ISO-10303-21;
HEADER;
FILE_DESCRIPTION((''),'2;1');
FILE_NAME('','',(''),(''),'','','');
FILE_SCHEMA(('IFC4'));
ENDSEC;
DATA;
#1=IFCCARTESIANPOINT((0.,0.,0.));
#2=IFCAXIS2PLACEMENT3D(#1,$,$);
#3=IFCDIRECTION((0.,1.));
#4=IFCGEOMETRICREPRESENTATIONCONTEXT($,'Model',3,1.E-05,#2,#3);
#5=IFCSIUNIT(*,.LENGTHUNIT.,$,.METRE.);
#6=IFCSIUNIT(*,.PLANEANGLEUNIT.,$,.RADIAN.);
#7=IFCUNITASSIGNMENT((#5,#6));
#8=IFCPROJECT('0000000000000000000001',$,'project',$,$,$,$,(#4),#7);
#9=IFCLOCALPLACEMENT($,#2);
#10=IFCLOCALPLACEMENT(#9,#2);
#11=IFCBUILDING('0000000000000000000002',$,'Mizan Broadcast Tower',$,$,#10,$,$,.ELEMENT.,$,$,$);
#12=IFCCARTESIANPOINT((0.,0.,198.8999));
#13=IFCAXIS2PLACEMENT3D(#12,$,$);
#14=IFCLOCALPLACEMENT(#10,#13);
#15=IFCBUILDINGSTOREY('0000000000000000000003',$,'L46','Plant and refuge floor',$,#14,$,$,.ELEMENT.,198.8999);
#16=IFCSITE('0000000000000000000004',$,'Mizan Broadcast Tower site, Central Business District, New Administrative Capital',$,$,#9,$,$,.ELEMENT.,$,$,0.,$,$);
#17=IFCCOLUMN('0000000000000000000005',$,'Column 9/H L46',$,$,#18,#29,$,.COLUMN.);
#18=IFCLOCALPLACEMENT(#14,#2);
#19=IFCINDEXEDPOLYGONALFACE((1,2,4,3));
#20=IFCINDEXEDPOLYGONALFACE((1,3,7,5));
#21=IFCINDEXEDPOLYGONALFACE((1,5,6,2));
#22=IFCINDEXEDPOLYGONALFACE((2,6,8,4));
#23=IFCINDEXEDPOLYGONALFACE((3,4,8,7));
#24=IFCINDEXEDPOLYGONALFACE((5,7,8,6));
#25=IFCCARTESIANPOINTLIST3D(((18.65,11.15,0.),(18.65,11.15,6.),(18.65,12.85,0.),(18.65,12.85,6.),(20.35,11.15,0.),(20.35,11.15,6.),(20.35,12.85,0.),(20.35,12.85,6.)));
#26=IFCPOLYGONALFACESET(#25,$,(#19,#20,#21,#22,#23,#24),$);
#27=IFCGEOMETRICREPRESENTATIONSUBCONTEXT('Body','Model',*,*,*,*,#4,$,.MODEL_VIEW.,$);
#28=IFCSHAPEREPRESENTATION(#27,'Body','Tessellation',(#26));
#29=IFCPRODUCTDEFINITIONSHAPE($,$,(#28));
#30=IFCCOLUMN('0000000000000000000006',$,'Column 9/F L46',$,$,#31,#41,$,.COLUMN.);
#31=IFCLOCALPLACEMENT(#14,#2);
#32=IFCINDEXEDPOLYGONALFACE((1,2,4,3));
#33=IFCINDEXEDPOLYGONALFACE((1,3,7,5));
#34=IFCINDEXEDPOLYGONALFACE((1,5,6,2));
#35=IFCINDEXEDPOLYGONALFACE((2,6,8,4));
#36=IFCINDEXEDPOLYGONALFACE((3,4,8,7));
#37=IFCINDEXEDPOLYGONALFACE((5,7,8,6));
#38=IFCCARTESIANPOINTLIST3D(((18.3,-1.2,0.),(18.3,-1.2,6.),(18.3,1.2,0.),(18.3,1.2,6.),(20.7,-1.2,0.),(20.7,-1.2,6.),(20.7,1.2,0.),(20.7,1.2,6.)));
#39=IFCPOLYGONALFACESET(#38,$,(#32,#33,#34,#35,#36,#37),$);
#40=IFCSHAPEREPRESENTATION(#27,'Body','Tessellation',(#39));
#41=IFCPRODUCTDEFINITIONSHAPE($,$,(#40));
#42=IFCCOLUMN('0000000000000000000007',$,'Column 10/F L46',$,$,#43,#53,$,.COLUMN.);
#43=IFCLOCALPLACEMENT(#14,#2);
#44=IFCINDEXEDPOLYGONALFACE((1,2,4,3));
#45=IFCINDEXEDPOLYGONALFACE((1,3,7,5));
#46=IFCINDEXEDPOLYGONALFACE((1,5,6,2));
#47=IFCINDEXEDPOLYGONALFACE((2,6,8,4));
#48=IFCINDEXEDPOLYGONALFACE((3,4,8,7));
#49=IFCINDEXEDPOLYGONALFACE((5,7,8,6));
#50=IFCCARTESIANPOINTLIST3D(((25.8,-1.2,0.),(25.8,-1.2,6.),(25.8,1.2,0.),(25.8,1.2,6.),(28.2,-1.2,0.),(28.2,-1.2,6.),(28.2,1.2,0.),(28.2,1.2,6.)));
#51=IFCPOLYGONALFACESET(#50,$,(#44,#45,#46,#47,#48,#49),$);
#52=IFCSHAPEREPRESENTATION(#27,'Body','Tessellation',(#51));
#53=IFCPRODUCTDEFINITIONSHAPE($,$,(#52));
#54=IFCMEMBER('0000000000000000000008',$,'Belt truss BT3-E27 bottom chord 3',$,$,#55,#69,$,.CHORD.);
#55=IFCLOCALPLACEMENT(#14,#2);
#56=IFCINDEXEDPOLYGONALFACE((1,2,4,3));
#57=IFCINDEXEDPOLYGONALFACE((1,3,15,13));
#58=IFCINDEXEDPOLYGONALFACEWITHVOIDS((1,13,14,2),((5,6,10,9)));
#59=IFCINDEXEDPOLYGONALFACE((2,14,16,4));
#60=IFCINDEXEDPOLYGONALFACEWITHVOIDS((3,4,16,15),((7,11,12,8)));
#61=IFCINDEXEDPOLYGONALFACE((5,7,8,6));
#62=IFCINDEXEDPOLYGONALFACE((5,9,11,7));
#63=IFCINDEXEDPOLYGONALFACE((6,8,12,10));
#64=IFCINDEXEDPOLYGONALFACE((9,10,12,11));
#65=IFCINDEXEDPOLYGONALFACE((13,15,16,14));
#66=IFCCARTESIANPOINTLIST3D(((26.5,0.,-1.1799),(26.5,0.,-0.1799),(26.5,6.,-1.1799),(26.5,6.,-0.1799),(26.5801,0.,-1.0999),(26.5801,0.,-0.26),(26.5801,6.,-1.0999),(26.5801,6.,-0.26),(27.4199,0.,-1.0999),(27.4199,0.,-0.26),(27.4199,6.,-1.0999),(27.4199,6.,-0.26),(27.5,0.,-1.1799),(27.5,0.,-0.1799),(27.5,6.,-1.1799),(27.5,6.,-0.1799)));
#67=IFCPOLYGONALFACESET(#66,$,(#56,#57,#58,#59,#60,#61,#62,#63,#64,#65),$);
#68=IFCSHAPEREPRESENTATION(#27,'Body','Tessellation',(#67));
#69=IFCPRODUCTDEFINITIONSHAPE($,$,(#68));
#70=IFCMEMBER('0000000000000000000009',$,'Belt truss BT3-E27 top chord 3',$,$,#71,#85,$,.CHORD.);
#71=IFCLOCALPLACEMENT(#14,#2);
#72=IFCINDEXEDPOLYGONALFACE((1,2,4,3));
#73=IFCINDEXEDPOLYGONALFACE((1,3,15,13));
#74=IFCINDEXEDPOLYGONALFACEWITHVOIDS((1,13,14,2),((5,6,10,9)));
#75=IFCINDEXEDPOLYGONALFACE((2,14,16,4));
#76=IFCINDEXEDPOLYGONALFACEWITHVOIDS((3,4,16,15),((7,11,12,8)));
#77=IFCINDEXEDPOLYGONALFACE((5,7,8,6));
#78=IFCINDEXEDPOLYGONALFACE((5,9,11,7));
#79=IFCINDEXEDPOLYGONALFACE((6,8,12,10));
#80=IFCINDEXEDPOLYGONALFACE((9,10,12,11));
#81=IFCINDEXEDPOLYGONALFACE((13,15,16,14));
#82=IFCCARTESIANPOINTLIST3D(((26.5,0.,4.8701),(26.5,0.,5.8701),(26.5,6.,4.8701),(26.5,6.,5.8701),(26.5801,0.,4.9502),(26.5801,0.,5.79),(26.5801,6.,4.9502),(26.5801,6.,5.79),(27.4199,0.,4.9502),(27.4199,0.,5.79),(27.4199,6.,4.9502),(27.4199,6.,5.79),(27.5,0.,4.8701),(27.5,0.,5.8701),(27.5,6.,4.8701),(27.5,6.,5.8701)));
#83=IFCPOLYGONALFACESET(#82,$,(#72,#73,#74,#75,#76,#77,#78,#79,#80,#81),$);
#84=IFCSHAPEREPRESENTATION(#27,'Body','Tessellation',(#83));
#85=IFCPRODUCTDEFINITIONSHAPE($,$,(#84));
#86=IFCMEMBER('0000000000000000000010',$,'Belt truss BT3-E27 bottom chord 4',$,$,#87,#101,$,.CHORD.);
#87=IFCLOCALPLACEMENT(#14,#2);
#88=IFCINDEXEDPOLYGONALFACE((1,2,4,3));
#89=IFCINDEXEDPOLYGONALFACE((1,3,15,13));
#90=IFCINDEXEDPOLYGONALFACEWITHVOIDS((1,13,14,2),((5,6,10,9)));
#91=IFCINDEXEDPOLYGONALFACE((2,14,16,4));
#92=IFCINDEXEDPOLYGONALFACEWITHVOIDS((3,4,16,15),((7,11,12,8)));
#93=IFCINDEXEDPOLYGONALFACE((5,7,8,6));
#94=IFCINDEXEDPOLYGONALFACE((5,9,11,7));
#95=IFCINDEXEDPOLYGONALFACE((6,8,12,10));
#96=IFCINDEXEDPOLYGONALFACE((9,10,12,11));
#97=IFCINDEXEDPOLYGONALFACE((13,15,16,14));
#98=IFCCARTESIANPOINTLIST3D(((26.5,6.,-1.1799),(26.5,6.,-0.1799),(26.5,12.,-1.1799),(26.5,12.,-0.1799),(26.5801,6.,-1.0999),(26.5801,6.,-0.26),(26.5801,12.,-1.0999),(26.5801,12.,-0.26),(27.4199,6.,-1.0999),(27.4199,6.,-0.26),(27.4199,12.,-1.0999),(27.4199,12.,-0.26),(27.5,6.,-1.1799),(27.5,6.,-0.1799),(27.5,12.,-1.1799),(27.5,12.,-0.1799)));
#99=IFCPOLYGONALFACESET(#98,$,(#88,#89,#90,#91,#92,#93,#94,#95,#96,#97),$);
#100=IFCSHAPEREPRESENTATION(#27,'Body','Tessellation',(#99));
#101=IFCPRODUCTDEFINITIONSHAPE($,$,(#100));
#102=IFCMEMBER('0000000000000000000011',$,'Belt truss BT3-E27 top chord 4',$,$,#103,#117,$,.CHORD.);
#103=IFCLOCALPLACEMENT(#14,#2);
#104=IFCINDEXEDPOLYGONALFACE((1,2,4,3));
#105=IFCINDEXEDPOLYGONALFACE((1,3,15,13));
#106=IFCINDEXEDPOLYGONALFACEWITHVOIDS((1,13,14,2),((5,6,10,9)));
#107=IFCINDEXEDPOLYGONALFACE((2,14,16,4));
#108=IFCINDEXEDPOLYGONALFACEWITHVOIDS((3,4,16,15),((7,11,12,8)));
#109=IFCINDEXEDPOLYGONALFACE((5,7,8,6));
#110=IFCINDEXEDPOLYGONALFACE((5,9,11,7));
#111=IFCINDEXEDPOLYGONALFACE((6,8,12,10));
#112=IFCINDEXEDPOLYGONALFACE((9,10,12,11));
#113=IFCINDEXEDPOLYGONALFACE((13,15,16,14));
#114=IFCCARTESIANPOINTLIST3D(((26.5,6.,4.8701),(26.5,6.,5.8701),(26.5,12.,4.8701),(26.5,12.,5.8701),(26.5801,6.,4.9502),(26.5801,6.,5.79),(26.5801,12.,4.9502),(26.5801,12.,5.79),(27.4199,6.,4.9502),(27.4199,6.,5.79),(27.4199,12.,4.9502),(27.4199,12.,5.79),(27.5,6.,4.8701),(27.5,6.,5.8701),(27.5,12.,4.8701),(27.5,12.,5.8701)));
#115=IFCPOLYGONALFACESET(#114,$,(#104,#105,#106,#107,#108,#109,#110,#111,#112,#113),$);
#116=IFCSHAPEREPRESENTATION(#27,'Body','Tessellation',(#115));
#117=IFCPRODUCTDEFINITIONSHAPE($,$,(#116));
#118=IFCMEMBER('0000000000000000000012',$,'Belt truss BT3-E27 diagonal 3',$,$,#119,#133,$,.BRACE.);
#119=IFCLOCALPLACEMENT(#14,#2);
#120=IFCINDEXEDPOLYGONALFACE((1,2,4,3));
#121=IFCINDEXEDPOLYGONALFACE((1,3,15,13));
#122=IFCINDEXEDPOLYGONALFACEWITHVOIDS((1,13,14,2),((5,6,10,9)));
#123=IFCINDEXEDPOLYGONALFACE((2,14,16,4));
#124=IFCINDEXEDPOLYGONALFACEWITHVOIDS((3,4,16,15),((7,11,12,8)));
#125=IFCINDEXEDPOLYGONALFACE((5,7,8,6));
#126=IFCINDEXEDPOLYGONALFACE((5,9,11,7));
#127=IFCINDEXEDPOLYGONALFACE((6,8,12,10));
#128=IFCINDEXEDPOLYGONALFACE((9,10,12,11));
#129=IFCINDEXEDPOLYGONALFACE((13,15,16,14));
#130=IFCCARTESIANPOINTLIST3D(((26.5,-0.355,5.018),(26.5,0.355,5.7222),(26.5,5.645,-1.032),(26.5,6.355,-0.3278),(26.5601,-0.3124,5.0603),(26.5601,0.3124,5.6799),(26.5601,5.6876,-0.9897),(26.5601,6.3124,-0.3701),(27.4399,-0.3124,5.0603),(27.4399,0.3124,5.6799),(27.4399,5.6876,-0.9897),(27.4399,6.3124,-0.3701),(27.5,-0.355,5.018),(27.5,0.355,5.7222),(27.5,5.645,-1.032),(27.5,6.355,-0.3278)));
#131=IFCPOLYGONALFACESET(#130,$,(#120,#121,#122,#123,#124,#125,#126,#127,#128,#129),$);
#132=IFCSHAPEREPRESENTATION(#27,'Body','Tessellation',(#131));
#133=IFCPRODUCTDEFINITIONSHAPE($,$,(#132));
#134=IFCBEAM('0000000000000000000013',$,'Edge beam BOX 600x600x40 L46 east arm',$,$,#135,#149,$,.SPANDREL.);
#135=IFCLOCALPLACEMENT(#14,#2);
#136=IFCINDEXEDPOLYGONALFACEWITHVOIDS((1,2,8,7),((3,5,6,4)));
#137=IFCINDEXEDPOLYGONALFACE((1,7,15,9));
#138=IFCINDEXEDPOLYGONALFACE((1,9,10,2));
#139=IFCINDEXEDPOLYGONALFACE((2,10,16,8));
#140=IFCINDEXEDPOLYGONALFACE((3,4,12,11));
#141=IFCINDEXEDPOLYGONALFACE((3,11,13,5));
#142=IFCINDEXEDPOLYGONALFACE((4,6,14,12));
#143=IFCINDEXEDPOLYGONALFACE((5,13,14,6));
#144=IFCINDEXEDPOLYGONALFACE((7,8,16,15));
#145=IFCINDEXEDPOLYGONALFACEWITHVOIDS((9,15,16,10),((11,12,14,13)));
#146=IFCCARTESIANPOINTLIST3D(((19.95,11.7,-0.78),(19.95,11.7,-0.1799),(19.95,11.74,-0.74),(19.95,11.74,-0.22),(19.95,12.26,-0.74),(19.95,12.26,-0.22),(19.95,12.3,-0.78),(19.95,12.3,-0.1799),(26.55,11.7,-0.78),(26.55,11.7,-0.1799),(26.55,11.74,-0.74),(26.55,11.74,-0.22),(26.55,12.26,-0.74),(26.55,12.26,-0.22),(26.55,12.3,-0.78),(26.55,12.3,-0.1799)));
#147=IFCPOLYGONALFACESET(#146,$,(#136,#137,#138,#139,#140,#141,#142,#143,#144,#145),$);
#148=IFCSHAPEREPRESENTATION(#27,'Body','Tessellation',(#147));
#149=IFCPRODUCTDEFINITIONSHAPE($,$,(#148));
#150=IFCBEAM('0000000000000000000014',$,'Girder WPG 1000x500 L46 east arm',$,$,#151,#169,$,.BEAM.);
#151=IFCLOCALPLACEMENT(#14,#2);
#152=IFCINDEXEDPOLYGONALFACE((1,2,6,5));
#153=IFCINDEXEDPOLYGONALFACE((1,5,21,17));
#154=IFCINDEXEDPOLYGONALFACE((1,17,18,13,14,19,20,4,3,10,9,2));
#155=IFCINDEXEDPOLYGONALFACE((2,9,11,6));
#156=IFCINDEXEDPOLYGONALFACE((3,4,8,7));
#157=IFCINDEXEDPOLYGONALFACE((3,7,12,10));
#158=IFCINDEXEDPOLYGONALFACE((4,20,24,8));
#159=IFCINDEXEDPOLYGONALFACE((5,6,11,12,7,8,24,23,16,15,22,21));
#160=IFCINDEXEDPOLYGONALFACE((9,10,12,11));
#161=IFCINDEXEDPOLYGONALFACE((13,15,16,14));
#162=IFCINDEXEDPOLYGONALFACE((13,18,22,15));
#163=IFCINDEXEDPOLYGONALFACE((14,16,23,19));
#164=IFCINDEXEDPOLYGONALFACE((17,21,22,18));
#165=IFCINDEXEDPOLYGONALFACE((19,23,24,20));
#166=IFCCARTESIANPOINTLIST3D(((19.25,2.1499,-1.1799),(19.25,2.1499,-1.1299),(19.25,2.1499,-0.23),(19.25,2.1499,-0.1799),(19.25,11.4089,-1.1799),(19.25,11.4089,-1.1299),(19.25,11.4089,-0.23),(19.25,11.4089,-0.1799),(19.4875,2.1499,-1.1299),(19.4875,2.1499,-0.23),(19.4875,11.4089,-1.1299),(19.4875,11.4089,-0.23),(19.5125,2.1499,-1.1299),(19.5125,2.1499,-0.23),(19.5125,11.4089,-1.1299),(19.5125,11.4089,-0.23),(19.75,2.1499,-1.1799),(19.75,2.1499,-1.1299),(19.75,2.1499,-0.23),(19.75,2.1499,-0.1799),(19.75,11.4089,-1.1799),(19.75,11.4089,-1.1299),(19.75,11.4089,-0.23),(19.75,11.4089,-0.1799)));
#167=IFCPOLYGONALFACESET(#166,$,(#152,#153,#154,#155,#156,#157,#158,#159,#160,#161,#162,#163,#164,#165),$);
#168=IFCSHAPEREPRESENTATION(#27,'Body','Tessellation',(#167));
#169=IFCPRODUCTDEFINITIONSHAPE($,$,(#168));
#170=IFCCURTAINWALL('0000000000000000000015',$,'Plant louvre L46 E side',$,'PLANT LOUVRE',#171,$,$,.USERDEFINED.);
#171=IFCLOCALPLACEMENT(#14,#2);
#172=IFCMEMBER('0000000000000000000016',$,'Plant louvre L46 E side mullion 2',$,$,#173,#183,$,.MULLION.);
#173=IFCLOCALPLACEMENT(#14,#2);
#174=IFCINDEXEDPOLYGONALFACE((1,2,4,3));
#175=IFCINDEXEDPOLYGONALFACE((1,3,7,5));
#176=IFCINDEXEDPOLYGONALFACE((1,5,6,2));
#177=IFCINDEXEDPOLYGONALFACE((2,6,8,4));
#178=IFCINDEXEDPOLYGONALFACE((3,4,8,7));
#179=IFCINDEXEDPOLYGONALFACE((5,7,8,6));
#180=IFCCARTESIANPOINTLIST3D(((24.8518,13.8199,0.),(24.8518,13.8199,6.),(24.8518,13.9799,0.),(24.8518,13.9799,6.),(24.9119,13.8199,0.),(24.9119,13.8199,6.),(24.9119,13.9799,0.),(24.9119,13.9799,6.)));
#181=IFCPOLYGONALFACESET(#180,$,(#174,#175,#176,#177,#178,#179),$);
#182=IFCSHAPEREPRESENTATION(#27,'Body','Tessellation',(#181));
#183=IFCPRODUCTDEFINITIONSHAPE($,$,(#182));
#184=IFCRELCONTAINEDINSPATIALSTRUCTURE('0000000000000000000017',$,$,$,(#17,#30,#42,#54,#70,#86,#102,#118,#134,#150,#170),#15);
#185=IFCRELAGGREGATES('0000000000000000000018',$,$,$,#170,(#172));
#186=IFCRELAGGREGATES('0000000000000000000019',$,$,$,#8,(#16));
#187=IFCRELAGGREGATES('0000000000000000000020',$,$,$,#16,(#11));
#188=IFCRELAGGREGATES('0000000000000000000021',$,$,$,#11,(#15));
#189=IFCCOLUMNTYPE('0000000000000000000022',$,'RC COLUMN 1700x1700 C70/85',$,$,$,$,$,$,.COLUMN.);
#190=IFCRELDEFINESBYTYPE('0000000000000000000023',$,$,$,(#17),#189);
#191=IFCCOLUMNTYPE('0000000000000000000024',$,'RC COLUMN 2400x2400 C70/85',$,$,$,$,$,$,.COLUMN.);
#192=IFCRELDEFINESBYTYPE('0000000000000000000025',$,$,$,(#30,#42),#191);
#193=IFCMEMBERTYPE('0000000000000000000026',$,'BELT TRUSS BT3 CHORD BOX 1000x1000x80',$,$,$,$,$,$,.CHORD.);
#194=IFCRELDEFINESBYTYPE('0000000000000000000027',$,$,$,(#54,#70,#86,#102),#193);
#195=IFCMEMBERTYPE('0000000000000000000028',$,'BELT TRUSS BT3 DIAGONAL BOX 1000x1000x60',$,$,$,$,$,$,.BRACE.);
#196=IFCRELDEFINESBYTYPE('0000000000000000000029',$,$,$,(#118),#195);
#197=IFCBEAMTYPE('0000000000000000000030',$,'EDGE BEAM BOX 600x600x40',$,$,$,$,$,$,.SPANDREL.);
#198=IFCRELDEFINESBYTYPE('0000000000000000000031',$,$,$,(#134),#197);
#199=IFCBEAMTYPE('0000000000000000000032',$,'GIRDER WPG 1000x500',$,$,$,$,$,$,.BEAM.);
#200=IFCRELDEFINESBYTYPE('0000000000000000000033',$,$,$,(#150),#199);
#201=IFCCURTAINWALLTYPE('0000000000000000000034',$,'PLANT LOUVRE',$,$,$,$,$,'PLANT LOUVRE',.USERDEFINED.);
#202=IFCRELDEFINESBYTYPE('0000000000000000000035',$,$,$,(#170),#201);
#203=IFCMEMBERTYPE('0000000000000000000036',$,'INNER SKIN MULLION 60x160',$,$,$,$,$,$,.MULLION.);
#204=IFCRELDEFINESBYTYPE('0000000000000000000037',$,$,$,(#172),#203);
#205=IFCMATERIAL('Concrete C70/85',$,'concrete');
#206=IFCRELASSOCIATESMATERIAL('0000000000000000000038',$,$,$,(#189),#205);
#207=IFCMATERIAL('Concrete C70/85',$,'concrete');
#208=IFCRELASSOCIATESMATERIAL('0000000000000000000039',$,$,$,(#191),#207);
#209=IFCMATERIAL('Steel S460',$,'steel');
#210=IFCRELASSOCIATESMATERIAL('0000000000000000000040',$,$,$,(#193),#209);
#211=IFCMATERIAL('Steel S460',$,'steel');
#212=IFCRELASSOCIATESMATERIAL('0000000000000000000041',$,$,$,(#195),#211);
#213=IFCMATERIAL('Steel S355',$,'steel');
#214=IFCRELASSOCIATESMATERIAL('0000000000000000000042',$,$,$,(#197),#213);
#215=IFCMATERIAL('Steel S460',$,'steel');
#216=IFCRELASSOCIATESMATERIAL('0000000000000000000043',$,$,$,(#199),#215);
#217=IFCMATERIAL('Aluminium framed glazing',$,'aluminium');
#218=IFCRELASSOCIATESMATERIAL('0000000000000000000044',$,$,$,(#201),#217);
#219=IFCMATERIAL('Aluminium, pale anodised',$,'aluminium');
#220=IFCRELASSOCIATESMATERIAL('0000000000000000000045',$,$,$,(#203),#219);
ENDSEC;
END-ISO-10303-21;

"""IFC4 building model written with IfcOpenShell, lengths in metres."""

from ifc_helpers import new_model, si_unit, direction, frame, origin, origin_2d, place, context, subcontext, project, spatial, rectangle, hollow_rectangle, i_section, extrude, material, material_profile, profile_set, type_object, element, aggregate, save


model = new_model("IFC4")

# Units and contexts
model_context = context("Model", 3, precision=1e-05, world=origin(), true_north=direction((0.0, 1.0)))
body_context = subcontext(model_context, "Body", "Model", "MODEL_VIEW")
ifc_project = project(units=[si_unit("LENGTHUNIT", "METRE"), si_unit("PLANEANGLEUNIT", "RADIAN")], contexts=[model_context])

# Site, building, storey
site_placement = place(None, origin())
site = spatial("IfcSite", under=ifc_project, at=site_placement, Name="Mizan Broadcast Tower site, Central Business District, New Administrative Capital", CompositionType="ELEMENT", RefElevation=0.0)
building_placement = place(site_placement, origin())
building = spatial("IfcBuilding", under=site, at=building_placement, Name="Mizan Broadcast Tower", CompositionType="ELEMENT")
storey_placement = place(building_placement, frame((0.0, 0.0, 198.8999)))
storey = spatial("IfcBuildingStorey", under=building, at=storey_placement, Name="L46", Description="Plant and refuge floor", CompositionType="ELEMENT", Elevation=198.8999)

# Columns
ifc_material_1 = material(Name="Concrete C70/85", Category="concrete")
ifc_material_profile_1 = material_profile(ifc_material_1, rectangle(XDim=1.7, YDim=1.7, at=origin_2d()), Name="RC 1700x1700")
ifc_profile_set_1 = profile_set([ifc_material_profile_1], Name="Concrete C70/85")
column_type_1 = type_object("IfcColumnType", Name="RC COLUMN 1700x1700 C70/85", PredefinedType="COLUMN", material=ifc_profile_set_1)
column_placement = place(storey_placement, frame((19.5, 12.0, 0.0), z_axis=(0.0, 0.0, 1.0), x_axis=(1.0, 0.0, 0.0)))
element("IfcColumn", 1, at=column_placement, inside=storey, type_object=column_type_1, Name="Column 9/H L46", PredefinedType="COLUMN", context=body_context, shape_type="SweptSolid", body=[
    extrude(rectangle(XDim=1.7, YDim=1.7, at=origin_2d()), origin(), (0.0, 0.0, 1.0), 6.0),
])
ifc_material_2 = material(Name="Concrete C70/85", Category="concrete")
ifc_material_profile_2 = material_profile(ifc_material_2, rectangle(XDim=2.3999, YDim=2.3999, at=origin_2d()), Name="RC 2400x2400")
ifc_profile_set_2 = profile_set([ifc_material_profile_2], Name="Concrete C70/85")
column_type_2 = type_object("IfcColumnType", Name="RC COLUMN 2400x2400 C70/85", PredefinedType="COLUMN", material=ifc_profile_set_2)
for number, where, z_axis, x_axis, name in (
    (2, (19.5, 0.0, 0.0), (0.0, 0.0, 1.0), (1.0, 0.0, 0.0), "Column 9/F L46"),
    (3, (27.0, 0.0, 0.0), (0.0, 0.0, 1.0), (1.0, 0.0, 0.0), "Column 10/F L46"),
):
    element("IfcColumn", number, at=place(storey_placement, frame(where, z_axis=z_axis, x_axis=x_axis)), inside=storey, type_object=column_type_2, Name=name, PredefinedType="COLUMN", context=body_context, shape_type="SweptSolid", body=[
        extrude(rectangle(XDim=2.3999, YDim=2.3999, at=origin_2d()), origin(), (0.0, 0.0, 1.0), 6.0),
    ])

# Members
ifc_material_3 = material(Name="Steel S460", Category="steel")
ifc_material_profile_3 = material_profile(ifc_material_3, hollow_rectangle(XDim=1.0, YDim=1.0, WallThickness=0.0801, at=origin_2d()), Name="BOX 1000x1000x80")
ifc_profile_set_3 = profile_set([ifc_material_profile_3], Name="Steel S460")
member_type_1 = type_object("IfcMemberType", Name="BELT TRUSS BT3 CHORD BOX 1000x1000x80", PredefinedType="CHORD", material=ifc_profile_set_3)
for number, where, z_axis, x_axis, name in (
    (4, (27.0, 0.0, -0.6799), (0.0, 1.0, 0.0), (-1.0, 0.0, 0.0), "Belt truss BT3-E27 bottom chord 3"),
    (5, (27.0, 0.0, 5.3701), (0.0, 1.0, 0.0), (-1.0, 0.0, 0.0), "Belt truss BT3-E27 top chord 3"),
    (6, (27.0, 6.0, -0.6799), (0.0, 1.0, 0.0), (-1.0, 0.0, 0.0), "Belt truss BT3-E27 bottom chord 4"),
    (7, (27.0, 6.0, 5.3701), (0.0, 1.0, 0.0), (-1.0, 0.0, 0.0), "Belt truss BT3-E27 top chord 4"),
):
    element("IfcMember", number, at=place(storey_placement, frame(where, z_axis=z_axis, x_axis=x_axis)), inside=storey, type_object=member_type_1, Name=name, PredefinedType="CHORD", context=body_context, shape_type="SweptSolid", body=[
        extrude(hollow_rectangle(XDim=1.0, YDim=1.0, WallThickness=0.0801, at=origin_2d()), origin(), (0.0, 0.0, 1.0), 6.0),
    ])
ifc_material_4 = material(Name="Steel S460", Category="steel")
ifc_material_profile_4 = material_profile(ifc_material_4, hollow_rectangle(XDim=1.0, YDim=1.0, WallThickness=0.0601, at=origin_2d()), Name="BOX 1000x1000x60")
ifc_profile_set_4 = profile_set([ifc_material_profile_4], Name="Steel S460")
member_type_2 = type_object("IfcMemberType", Name="BELT TRUSS BT3 DIAGONAL BOX 1000x1000x60", PredefinedType="BRACE", material=ifc_profile_set_4)
member_1_placement = place(storey_placement, frame((27.0, 6.0, -0.6799), z_axis=(0.0, -0.704164, 0.710038), x_axis=(1.0, 0.0, 0.0)))
element("IfcMember", 8, at=member_1_placement, inside=storey, type_object=member_type_2, Name="Belt truss BT3-E27 diagonal 3", PredefinedType="BRACE", context=body_context, shape_type="SweptSolid", body=[
    extrude(hollow_rectangle(XDim=1.0, YDim=1.0, WallThickness=0.0601, at=origin_2d()), origin(), (0.0, 0.0, 1.0), 8.5208),
])

# Beams
ifc_material_5 = material(Name="Steel S355", Category="steel")
ifc_material_profile_5 = material_profile(ifc_material_5, hollow_rectangle(XDim=0.6001, YDim=0.6001, WallThickness=0.04, at=origin_2d()), Name="BOX 600x600x40")
ifc_profile_set_5 = profile_set([ifc_material_profile_5], Name="Steel S355")
beam_type_1 = type_object("IfcBeamType", Name="EDGE BEAM BOX 600x600x40", PredefinedType="SPANDREL", material=ifc_profile_set_5)
beam_1_placement = place(storey_placement, frame((19.95, 12.0, -0.48), z_axis=(1.0, 0.0, 0.0), x_axis=(0.0, 1.0, 0.0)))
element("IfcBeam", 9, at=beam_1_placement, inside=storey, type_object=beam_type_1, Name="Edge beam BOX 600x600x40 L46 east arm", PredefinedType="SPANDREL", context=body_context, shape_type="SweptSolid", body=[
    extrude(hollow_rectangle(XDim=0.6001, YDim=0.6001, WallThickness=0.04, at=origin_2d()), origin(), (0.0, 0.0, 1.0), 6.6001),
])
ifc_material_6 = material(Name="Steel S460", Category="steel")
ifc_material_profile_6 = material_profile(ifc_material_6, i_section(OverallWidth=0.5, OverallDepth=1.0, WebThickness=0.0249, FlangeThickness=0.05, at=origin_2d()), Name="WPG 1000x500")
ifc_profile_set_6 = profile_set([ifc_material_profile_6], Name="Steel S460")
beam_type_2 = type_object("IfcBeamType", Name="GIRDER WPG 1000x500", PredefinedType="BEAM", material=ifc_profile_set_6)
beam_2_placement = place(storey_placement, frame((19.5, 11.4089, -0.6799), z_axis=(0.0, -1.0, 0.0), x_axis=(1.0, 0.0, 0.0)))
element("IfcBeam", 10, at=beam_2_placement, inside=storey, type_object=beam_type_2, Name="Girder WPG 1000x500 L46 east arm", PredefinedType="BEAM", context=body_context, shape_type="SweptSolid", body=[
    extrude(i_section(OverallWidth=0.5, OverallDepth=1.0, WebThickness=0.0249, FlangeThickness=0.05, at=origin_2d()), origin(), (0.0, 0.0, 1.0), 9.259),
])

# Curtain wall, member
ifc_material_7 = material(Name="Aluminium framed glazing", Category="aluminium")
curtain_wall_type = type_object("IfcCurtainWallType", Name="PLANT LOUVRE", ElementType="PLANT LOUVRE", PredefinedType="USERDEFINED", material=ifc_material_7)
curtain_wall_1_placement = place(storey_placement, origin())
curtain_wall_1 = element("IfcCurtainWall", 11, at=curtain_wall_1_placement, inside=storey, type_object=curtain_wall_type, Name="Plant louvre L46 E side", ObjectType="PLANT LOUVRE", PredefinedType="USERDEFINED")
ifc_material_8 = material(Name="Aluminium, pale anodised", Category="aluminium")
ifc_material_profile_7 = material_profile(ifc_material_8, rectangle(XDim=0.1599, YDim=0.0601, at=origin_2d()), Name="MULLION 160x60")
ifc_profile_set_7 = profile_set([ifc_material_profile_7], Name="Aluminium, pale anodised")
member_type_3 = type_object("IfcMemberType", Name="INNER SKIN MULLION 60x160", PredefinedType="MULLION", material=ifc_profile_set_7)
member_2_placement = place(storey_placement, frame((24.8818, 13.8999, 0.0), z_axis=(0.0, 0.0, 1.0), x_axis=(0.0, -1.0, 0.0)))
member_2 = element("IfcMember", 12, at=member_2_placement, type_object=member_type_3, Name="Plant louvre L46 E side mullion 2", PredefinedType="MULLION", context=body_context, shape_type="SweptSolid", body=[
    extrude(rectangle(XDim=0.1599, YDim=0.0601, at=origin_2d()), origin(), (0.0, 0.0, 1.0), 6.0),
])

aggregate(curtain_wall_1, [member_2])

save(model, "model.ifc")
